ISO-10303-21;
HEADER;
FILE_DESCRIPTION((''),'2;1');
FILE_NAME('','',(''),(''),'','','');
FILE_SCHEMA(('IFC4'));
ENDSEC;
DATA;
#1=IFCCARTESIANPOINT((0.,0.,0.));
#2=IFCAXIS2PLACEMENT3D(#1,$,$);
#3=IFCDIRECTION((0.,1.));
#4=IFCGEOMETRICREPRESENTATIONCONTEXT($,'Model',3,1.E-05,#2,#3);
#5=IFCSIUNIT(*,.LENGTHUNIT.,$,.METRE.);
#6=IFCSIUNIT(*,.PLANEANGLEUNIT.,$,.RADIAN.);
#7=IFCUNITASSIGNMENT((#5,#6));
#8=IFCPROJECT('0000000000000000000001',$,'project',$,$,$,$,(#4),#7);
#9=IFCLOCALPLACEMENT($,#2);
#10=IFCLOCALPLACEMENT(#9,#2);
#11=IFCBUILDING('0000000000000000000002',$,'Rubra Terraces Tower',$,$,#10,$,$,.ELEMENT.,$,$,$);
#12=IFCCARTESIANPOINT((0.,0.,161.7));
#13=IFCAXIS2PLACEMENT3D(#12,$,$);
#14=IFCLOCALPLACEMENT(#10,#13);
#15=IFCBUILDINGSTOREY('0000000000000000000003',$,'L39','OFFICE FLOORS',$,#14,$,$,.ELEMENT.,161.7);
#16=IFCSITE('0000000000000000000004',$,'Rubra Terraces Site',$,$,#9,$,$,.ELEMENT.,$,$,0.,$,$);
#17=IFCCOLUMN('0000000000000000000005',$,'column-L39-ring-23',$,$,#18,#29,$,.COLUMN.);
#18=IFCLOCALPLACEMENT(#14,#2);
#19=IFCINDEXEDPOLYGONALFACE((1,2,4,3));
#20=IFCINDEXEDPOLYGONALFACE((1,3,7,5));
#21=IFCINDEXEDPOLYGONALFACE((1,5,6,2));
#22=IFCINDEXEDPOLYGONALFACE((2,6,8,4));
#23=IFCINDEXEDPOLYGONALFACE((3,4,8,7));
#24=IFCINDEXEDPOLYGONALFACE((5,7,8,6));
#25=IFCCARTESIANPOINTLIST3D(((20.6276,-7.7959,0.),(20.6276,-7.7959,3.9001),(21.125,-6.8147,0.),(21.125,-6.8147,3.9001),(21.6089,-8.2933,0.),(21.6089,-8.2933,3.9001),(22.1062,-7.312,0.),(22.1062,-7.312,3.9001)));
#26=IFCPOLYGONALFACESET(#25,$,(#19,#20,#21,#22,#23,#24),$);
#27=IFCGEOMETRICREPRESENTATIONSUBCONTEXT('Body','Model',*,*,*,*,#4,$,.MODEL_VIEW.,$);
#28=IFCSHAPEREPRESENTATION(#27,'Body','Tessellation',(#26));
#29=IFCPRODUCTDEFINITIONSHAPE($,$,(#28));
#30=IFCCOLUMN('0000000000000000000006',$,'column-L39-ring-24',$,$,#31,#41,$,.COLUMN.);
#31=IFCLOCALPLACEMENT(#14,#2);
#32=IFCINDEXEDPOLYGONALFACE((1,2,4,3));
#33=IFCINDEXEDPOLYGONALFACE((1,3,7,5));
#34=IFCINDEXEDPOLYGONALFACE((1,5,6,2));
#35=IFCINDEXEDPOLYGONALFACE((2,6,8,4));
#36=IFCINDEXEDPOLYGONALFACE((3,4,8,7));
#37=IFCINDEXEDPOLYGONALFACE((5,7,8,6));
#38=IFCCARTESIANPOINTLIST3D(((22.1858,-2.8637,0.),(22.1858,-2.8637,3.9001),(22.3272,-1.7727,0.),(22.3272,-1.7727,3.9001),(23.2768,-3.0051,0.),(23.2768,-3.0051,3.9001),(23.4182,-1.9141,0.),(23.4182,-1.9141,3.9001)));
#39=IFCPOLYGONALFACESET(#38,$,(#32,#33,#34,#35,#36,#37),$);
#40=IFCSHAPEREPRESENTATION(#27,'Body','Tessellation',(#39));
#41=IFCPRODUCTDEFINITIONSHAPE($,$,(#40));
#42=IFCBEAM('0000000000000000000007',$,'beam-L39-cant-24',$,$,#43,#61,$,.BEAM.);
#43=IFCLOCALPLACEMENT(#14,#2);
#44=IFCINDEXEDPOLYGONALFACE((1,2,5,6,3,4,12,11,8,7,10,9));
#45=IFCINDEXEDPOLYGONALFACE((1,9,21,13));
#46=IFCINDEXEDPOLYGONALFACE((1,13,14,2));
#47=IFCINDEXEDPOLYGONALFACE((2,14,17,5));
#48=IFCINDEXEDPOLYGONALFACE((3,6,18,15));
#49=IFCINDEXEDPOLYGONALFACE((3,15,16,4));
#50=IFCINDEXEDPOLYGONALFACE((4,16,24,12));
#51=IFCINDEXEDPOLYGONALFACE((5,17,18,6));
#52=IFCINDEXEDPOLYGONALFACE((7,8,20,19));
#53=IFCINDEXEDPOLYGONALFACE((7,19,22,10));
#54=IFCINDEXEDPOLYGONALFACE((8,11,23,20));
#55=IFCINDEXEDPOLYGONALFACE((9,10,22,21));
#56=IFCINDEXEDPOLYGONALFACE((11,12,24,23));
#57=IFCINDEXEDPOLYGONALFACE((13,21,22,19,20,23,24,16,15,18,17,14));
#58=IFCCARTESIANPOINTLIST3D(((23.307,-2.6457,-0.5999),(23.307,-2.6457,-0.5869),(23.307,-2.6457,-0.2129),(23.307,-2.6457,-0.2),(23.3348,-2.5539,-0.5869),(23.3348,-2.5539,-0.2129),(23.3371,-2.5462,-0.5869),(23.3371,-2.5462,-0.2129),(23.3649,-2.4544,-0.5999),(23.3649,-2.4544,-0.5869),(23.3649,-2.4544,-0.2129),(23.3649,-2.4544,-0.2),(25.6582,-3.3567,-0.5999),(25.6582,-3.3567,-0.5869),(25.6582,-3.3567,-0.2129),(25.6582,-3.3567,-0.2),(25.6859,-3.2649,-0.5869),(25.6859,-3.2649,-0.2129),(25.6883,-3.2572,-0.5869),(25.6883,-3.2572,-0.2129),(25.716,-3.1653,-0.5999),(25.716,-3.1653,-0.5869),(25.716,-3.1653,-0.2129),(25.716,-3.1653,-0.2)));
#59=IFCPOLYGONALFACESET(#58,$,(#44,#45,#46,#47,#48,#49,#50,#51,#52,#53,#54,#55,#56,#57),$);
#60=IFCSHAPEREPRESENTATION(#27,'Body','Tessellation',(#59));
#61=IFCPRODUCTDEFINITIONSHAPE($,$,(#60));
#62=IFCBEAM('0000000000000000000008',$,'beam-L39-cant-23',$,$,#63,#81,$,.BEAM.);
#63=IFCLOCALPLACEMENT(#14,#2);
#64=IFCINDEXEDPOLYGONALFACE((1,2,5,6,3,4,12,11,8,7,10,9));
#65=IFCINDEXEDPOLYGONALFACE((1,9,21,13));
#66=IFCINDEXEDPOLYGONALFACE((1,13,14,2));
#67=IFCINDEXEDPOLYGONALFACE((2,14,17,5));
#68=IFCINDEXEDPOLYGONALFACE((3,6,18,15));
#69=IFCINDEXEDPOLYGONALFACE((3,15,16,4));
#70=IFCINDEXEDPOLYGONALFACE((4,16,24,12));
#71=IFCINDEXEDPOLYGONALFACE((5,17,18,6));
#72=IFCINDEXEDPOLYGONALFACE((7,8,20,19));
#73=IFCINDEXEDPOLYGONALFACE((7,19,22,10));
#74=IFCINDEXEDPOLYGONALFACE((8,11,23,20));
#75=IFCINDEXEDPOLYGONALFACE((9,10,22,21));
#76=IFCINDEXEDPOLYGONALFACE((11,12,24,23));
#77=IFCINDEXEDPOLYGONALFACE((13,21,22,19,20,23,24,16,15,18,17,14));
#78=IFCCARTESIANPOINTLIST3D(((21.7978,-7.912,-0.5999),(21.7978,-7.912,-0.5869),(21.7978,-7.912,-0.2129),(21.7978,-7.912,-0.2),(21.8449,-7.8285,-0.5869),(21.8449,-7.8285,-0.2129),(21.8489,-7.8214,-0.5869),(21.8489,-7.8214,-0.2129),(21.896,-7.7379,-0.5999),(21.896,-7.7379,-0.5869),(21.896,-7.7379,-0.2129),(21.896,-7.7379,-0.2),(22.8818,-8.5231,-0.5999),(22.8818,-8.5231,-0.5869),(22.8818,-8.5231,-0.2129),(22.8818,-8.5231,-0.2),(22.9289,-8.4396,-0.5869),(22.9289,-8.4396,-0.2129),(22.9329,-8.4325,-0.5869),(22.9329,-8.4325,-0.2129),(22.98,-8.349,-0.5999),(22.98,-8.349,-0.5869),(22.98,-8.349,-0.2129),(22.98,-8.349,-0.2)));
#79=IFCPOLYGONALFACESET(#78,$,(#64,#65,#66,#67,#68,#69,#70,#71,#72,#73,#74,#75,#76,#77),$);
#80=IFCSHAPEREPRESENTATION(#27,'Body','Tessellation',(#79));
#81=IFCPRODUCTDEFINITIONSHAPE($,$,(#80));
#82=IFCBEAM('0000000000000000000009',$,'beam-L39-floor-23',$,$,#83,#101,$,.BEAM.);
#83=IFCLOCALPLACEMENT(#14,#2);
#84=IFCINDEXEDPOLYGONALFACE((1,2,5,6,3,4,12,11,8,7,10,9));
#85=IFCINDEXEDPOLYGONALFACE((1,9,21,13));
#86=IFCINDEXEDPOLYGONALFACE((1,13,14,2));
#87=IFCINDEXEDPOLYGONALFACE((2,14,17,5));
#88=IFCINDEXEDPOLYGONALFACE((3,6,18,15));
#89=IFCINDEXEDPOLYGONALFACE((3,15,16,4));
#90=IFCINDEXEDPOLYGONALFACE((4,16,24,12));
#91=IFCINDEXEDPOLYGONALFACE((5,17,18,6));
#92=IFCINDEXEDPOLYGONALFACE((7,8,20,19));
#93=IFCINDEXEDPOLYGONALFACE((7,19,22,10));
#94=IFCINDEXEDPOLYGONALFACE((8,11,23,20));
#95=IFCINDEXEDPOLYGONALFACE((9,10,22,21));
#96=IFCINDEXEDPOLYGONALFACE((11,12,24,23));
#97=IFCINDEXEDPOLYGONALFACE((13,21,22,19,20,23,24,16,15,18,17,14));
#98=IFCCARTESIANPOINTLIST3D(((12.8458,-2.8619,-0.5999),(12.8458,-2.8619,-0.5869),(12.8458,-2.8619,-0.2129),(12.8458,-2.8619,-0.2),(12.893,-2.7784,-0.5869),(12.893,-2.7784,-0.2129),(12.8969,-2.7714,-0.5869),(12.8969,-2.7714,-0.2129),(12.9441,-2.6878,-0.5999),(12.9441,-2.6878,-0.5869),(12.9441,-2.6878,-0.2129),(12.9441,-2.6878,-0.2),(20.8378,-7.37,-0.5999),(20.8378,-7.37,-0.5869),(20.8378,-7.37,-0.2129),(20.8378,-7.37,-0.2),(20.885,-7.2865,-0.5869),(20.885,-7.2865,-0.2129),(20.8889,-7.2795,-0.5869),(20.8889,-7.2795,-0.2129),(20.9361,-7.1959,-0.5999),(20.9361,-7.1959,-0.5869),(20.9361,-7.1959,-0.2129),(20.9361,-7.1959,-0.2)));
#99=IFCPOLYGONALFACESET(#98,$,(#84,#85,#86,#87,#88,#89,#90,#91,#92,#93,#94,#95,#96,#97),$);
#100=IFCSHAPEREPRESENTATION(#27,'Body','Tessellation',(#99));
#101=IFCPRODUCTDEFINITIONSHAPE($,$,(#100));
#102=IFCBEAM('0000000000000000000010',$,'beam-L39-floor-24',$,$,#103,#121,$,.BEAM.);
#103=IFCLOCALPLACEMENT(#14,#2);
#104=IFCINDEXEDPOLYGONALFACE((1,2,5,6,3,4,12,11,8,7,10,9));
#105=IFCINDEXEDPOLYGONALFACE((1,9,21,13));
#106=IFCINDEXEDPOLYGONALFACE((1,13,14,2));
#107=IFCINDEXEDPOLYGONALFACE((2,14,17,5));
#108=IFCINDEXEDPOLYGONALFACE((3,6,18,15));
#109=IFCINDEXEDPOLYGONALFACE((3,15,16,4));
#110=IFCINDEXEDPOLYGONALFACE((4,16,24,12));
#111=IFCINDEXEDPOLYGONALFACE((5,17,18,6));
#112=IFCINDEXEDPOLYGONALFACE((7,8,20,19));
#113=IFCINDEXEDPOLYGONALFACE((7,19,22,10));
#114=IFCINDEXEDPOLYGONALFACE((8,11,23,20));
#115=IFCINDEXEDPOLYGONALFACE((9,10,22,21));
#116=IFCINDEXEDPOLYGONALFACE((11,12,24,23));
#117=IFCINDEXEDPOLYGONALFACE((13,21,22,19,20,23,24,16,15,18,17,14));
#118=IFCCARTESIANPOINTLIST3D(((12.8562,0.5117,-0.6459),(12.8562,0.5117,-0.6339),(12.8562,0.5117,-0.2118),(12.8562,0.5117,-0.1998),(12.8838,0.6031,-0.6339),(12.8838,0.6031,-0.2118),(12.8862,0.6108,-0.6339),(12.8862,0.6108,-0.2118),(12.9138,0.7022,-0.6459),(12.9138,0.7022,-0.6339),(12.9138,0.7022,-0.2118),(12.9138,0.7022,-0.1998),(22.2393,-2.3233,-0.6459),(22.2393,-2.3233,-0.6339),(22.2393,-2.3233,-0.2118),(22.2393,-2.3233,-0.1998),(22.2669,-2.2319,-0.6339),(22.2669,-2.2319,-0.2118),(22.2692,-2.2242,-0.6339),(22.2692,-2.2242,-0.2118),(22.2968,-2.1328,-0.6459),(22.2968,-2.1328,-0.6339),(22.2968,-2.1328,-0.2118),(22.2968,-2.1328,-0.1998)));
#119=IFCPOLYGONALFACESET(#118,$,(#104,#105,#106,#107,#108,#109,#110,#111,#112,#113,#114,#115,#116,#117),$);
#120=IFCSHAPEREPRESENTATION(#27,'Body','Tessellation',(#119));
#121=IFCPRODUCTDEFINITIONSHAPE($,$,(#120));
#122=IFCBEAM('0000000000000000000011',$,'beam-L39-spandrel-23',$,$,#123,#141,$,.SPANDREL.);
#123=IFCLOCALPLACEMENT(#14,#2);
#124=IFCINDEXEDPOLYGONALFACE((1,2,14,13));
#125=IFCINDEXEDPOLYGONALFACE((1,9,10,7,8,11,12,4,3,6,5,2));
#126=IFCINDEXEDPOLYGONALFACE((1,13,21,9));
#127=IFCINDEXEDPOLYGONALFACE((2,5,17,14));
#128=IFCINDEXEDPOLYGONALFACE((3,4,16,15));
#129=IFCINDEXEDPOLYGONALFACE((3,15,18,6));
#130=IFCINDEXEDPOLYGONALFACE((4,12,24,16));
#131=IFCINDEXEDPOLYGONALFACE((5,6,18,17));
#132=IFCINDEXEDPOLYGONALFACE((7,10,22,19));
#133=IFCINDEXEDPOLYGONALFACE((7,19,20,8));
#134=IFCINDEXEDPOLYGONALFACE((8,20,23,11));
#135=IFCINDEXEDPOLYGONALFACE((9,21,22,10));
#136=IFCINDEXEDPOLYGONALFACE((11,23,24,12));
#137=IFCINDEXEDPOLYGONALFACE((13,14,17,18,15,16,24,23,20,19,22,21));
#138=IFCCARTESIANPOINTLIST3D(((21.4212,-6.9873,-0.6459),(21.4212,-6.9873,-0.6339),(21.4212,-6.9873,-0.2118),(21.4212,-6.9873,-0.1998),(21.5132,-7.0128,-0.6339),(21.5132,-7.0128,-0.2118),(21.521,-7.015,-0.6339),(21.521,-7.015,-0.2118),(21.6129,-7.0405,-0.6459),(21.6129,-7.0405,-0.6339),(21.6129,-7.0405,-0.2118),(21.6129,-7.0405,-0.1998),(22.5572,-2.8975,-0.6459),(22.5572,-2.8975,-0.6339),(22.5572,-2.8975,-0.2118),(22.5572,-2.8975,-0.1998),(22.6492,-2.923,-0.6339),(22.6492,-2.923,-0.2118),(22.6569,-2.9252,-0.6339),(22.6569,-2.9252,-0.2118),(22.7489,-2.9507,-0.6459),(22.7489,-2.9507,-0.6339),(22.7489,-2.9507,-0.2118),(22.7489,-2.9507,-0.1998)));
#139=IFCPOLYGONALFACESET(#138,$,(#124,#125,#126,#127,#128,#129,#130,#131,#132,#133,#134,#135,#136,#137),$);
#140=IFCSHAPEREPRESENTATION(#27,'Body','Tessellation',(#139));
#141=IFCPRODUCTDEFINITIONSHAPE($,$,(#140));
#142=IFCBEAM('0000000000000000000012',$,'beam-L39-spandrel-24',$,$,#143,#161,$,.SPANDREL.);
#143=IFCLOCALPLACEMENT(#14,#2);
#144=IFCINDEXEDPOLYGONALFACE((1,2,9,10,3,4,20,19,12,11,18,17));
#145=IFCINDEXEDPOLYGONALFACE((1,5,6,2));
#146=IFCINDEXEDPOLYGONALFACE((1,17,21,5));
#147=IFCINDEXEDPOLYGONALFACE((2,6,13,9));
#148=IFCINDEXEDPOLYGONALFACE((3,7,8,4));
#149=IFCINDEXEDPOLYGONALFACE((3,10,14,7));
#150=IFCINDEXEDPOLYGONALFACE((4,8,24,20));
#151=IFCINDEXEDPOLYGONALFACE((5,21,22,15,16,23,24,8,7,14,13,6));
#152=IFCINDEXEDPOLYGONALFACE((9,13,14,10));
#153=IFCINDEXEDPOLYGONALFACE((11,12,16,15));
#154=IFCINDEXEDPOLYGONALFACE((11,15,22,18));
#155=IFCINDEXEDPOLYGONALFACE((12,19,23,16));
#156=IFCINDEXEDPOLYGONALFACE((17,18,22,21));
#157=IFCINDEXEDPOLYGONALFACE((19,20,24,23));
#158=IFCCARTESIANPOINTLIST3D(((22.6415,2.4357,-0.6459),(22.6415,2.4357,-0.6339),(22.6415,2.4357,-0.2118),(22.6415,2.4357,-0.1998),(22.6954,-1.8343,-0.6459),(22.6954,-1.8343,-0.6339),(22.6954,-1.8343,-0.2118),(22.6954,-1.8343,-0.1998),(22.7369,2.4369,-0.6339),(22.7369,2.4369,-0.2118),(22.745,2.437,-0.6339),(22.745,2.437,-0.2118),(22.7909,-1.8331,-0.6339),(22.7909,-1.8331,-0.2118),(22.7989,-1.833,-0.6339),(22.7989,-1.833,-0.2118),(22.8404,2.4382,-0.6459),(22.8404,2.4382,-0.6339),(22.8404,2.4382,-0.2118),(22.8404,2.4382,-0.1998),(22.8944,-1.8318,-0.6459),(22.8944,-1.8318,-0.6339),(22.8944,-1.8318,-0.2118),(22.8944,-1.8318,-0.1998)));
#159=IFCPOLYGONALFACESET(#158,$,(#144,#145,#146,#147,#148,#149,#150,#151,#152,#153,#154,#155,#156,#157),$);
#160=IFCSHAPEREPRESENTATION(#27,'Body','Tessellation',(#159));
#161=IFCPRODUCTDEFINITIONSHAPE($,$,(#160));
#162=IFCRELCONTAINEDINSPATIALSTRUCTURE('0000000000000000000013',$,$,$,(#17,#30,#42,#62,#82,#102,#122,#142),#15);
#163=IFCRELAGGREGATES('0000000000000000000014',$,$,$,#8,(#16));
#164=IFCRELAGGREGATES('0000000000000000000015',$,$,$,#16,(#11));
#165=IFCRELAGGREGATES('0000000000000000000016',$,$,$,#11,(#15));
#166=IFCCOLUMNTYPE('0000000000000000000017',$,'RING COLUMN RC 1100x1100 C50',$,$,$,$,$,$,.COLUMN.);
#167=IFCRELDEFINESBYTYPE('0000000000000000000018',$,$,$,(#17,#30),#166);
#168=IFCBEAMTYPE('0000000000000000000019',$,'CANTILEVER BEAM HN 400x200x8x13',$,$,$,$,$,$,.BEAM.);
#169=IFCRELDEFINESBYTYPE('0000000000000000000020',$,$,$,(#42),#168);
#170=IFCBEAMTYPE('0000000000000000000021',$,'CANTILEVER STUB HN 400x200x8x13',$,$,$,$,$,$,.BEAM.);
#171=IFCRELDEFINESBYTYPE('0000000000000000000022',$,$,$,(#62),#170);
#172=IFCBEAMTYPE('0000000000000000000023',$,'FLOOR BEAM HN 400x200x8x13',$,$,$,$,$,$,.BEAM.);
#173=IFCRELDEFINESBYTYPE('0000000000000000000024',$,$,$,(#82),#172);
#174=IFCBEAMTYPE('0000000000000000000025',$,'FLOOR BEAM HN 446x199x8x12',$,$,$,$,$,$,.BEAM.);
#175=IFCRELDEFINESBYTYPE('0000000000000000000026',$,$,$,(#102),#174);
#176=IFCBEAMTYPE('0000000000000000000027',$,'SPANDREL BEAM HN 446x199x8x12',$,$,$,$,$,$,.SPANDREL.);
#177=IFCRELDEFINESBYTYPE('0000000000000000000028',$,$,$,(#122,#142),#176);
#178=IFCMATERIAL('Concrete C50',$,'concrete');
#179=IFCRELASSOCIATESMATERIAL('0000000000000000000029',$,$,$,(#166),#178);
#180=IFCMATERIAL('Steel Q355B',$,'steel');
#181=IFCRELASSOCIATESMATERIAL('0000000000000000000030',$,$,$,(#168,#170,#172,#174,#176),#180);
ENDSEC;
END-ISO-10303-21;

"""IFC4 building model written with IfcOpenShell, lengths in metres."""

from ifc_helpers import new_model, si_unit, direction, frame, origin, origin_2d, place, context, subcontext, project, spatial, rectangle, i_section, extrude, material, material_profile, profile_set, type_object, element, save


model = new_model("IFC4")

# Units and contexts
model_context = context("Model", 3, precision=1e-05, world=origin(), true_north=direction((0.0, 1.0)))
body_context = subcontext(model_context, "Body", "Model", "MODEL_VIEW")
ifc_project = project(units=[si_unit("LENGTHUNIT", "METRE"), si_unit("PLANEANGLEUNIT", "RADIAN")], contexts=[model_context])

# Site, building, storey
site_placement = place(None, origin())
site = spatial("IfcSite", under=ifc_project, at=site_placement, Name="Rubra Terraces Site", CompositionType="ELEMENT", RefElevation=0.0)
building_placement = place(site_placement, origin())
building = spatial("IfcBuilding", under=site, at=building_placement, Name="Rubra Terraces Tower", CompositionType="ELEMENT")
storey_placement = place(building_placement, frame((0.0, 0.0, 161.7)))
storey = spatial("IfcBuildingStorey", under=building, at=storey_placement, Name="L39", Description="OFFICE FLOORS", CompositionType="ELEMENT", Elevation=161.7)

# Columns
ifc_material_1 = material(Name="Concrete C50", Category="concrete")
ifc_material_profile_1 = material_profile(ifc_material_1, rectangle(XDim=1.1001, YDim=1.1001, at=origin_2d()), Name="RC 1100x1100")
ifc_profile_set_1 = profile_set([ifc_material_profile_1], Name="Concrete C50")
column_type = type_object("IfcColumnType", Name="RING COLUMN RC 1100x1100 C50", PredefinedType="COLUMN", material=ifc_profile_set_1)
for number, where, z_axis, x_axis, name in (
    (1, (21.3669, -7.554, 0.0), (0.0, 0.0, 1.0), (0.452079, 0.891978, 0.0), "column-L39-ring-23"),
    (2, (22.802, -2.3889, 0.0), (0.0, 0.0, 1.0), (0.128535, 0.991705, 0.0), "column-L39-ring-24"),
):
    element("IfcColumn", number, at=place(storey_placement, frame(where, z_axis=z_axis, x_axis=x_axis)), inside=storey, type_object=column_type, Name=name, PredefinedType="COLUMN", context=body_context, shape_type="SweptSolid", body=[
        extrude(rectangle(XDim=1.1001, YDim=1.1001, at=origin_2d()), origin(), (0.0, 0.0, 1.0), 3.9001),
    ])

# Beams
ifc_material_2 = material(Name="Steel Q355B", Category="steel")
ifc_material_profile_2 = material_profile(ifc_material_2, i_section(OverallWidth=0.2, OverallDepth=0.3999, WebThickness=0.0081, FlangeThickness=0.0129, at=origin_2d()), Name="HN 400x200x8x13")
ifc_profile_set_2 = profile_set([ifc_material_profile_2], Name="Steel Q355B")
beam_type_1 = type_object("IfcBeamType", Name="CANTILEVER BEAM HN 400x200x8x13", PredefinedType="BEAM", material=ifc_profile_set_2)
beam_1_placement = place(storey_placement, frame((23.3359, -2.55, -0.3999), z_axis=(0.957195, -0.289445, 0.0), x_axis=(0.289445, 0.957195, 0.0)))
element("IfcBeam", 3, at=beam_1_placement, inside=storey, type_object=beam_type_1, Name="beam-L39-cant-24", PredefinedType="BEAM", context=body_context, shape_type="SweptSolid", body=[
    extrude(i_section(OverallWidth=0.2, OverallDepth=0.3999, WebThickness=0.0081, FlangeThickness=0.0129, at=origin_2d()), origin(), (0.0, 0.0, 1.0), 2.4563),
])
ifc_material_profile_3 = material_profile(ifc_material_2, i_section(OverallWidth=0.2, OverallDepth=0.3999, WebThickness=0.0081, FlangeThickness=0.0129, at=origin_2d()), Name="HN 400x200x8x13")
ifc_profile_set_3 = profile_set([ifc_material_profile_3], Name="Steel Q355B")
beam_type_2 = type_object("IfcBeamType", Name="CANTILEVER STUB HN 400x200x8x13", PredefinedType="BEAM", material=ifc_profile_set_3)
beam_2_placement = place(storey_placement, frame((21.8469, -7.825, -0.3999), z_axis=(0.871114, -0.491081, 0.0), x_axis=(0.491081, 0.871114, 0.0)))
element("IfcBeam", 4, at=beam_2_placement, inside=storey, type_object=beam_type_2, Name="beam-L39-cant-23", PredefinedType="BEAM", context=body_context, shape_type="SweptSolid", body=[
    extrude(i_section(OverallWidth=0.2, OverallDepth=0.3999, WebThickness=0.0081, FlangeThickness=0.0129, at=origin_2d()), origin(), (0.0, 0.0, 1.0), 1.2444),
])
ifc_material_profile_4 = material_profile(ifc_material_2, i_section(OverallWidth=0.2, OverallDepth=0.3999, WebThickness=0.0081, FlangeThickness=0.0129, at=origin_2d()), Name="HN 400x200x8x13")
ifc_profile_set_4 = profile_set([ifc_material_profile_4], Name="Steel Q355B")
beam_type_3 = type_object("IfcBeamType", Name="FLOOR BEAM HN 400x200x8x13", PredefinedType="BEAM", material=ifc_profile_set_4)
beam_3_placement = place(storey_placement, frame((20.887, -7.283, -0.3999), z_axis=(-0.870989, 0.491303, 0.0), x_axis=(-0.491303, -0.870989, 0.0)))
element("IfcBeam", 5, at=beam_3_placement, inside=storey, type_object=beam_type_3, Name="beam-L39-floor-23", PredefinedType="BEAM", context=body_context, shape_type="SweptSolid", body=[
    extrude(i_section(OverallWidth=0.2, OverallDepth=0.3999, WebThickness=0.0081, FlangeThickness=0.0129, at=origin_2d()), origin(), (0.0, 0.0, 1.0), 9.1758),
])
ifc_material_profile_5 = material_profile(ifc_material_2, i_section(OverallWidth=0.199, OverallDepth=0.446, WebThickness=0.0081, FlangeThickness=0.012, at=origin_2d()), Name="HN 446x199x8x12")
ifc_profile_set_5 = profile_set([ifc_material_profile_5], Name="Steel Q355B")
beam_type_4 = type_object("IfcBeamType", Name="FLOOR BEAM HN 446x199x8x12", PredefinedType="BEAM", material=ifc_profile_set_5)
beam_4_placement = place(storey_placement, frame((22.2681, -2.228, -0.4229), z_axis=(-0.957262, 0.289223, 0.0), x_axis=(-0.289223, -0.957262, 0.0)))
element("IfcBeam", 6, at=beam_4_placement, inside=storey, type_object=beam_type_4, Name="beam-L39-floor-24", PredefinedType="BEAM", context=body_context, shape_type="SweptSolid", body=[
    extrude(i_section(OverallWidth=0.199, OverallDepth=0.446, WebThickness=0.0081, FlangeThickness=0.012, at=origin_2d()), origin(), (0.0, 0.0, 1.0), 9.802),
])
ifc_material_profile_6 = material_profile(ifc_material_2, i_section(OverallWidth=0.199, OverallDepth=0.446, WebThickness=0.0081, FlangeThickness=0.012, at=origin_2d()), Name="HN 446x199x8x12")
ifc_profile_set_6 = profile_set([ifc_material_profile_6], Name="Steel Q355B")
beam_type_5 = type_object("IfcBeamType", Name="SPANDREL BEAM HN 446x199x8x12", PredefinedType="SPANDREL", material=ifc_profile_set_6)
beam_5_placement = place(storey_placement, frame((21.5171, -7.0139, -0.4229), z_axis=(0.267626, 0.963523, 0.0), x_axis=(-0.963523, 0.267626, 0.0)))
element("IfcBeam", 7, at=beam_5_placement, inside=storey, type_object=beam_type_5, Name="beam-L39-spandrel-23", PredefinedType="SPANDREL", context=body_context, shape_type="SweptSolid", body=[
    extrude(i_section(OverallWidth=0.199, OverallDepth=0.446, WebThickness=0.0081, FlangeThickness=0.012, at=origin_2d()), origin(), (0.0, 0.0, 1.0), 4.2446),
])
beam_6_placement = place(storey_placement, frame((22.7949, -1.833, -0.4229), z_axis=(-0.012635, 0.99992, 0.0), x_axis=(-0.99992, -0.012635, 0.0)))
element("IfcBeam", 8, at=beam_6_placement, inside=storey, type_object=beam_type_5, Name="beam-L39-spandrel-24", PredefinedType="SPANDREL", context=body_context, shape_type="SweptSolid", body=[
    extrude(i_section(OverallWidth=0.199, OverallDepth=0.446, WebThickness=0.0081, FlangeThickness=0.012, at=origin_2d()), origin(), (0.0, 0.0, 1.0), 4.2703),
])

save(model, "model.ifc")
